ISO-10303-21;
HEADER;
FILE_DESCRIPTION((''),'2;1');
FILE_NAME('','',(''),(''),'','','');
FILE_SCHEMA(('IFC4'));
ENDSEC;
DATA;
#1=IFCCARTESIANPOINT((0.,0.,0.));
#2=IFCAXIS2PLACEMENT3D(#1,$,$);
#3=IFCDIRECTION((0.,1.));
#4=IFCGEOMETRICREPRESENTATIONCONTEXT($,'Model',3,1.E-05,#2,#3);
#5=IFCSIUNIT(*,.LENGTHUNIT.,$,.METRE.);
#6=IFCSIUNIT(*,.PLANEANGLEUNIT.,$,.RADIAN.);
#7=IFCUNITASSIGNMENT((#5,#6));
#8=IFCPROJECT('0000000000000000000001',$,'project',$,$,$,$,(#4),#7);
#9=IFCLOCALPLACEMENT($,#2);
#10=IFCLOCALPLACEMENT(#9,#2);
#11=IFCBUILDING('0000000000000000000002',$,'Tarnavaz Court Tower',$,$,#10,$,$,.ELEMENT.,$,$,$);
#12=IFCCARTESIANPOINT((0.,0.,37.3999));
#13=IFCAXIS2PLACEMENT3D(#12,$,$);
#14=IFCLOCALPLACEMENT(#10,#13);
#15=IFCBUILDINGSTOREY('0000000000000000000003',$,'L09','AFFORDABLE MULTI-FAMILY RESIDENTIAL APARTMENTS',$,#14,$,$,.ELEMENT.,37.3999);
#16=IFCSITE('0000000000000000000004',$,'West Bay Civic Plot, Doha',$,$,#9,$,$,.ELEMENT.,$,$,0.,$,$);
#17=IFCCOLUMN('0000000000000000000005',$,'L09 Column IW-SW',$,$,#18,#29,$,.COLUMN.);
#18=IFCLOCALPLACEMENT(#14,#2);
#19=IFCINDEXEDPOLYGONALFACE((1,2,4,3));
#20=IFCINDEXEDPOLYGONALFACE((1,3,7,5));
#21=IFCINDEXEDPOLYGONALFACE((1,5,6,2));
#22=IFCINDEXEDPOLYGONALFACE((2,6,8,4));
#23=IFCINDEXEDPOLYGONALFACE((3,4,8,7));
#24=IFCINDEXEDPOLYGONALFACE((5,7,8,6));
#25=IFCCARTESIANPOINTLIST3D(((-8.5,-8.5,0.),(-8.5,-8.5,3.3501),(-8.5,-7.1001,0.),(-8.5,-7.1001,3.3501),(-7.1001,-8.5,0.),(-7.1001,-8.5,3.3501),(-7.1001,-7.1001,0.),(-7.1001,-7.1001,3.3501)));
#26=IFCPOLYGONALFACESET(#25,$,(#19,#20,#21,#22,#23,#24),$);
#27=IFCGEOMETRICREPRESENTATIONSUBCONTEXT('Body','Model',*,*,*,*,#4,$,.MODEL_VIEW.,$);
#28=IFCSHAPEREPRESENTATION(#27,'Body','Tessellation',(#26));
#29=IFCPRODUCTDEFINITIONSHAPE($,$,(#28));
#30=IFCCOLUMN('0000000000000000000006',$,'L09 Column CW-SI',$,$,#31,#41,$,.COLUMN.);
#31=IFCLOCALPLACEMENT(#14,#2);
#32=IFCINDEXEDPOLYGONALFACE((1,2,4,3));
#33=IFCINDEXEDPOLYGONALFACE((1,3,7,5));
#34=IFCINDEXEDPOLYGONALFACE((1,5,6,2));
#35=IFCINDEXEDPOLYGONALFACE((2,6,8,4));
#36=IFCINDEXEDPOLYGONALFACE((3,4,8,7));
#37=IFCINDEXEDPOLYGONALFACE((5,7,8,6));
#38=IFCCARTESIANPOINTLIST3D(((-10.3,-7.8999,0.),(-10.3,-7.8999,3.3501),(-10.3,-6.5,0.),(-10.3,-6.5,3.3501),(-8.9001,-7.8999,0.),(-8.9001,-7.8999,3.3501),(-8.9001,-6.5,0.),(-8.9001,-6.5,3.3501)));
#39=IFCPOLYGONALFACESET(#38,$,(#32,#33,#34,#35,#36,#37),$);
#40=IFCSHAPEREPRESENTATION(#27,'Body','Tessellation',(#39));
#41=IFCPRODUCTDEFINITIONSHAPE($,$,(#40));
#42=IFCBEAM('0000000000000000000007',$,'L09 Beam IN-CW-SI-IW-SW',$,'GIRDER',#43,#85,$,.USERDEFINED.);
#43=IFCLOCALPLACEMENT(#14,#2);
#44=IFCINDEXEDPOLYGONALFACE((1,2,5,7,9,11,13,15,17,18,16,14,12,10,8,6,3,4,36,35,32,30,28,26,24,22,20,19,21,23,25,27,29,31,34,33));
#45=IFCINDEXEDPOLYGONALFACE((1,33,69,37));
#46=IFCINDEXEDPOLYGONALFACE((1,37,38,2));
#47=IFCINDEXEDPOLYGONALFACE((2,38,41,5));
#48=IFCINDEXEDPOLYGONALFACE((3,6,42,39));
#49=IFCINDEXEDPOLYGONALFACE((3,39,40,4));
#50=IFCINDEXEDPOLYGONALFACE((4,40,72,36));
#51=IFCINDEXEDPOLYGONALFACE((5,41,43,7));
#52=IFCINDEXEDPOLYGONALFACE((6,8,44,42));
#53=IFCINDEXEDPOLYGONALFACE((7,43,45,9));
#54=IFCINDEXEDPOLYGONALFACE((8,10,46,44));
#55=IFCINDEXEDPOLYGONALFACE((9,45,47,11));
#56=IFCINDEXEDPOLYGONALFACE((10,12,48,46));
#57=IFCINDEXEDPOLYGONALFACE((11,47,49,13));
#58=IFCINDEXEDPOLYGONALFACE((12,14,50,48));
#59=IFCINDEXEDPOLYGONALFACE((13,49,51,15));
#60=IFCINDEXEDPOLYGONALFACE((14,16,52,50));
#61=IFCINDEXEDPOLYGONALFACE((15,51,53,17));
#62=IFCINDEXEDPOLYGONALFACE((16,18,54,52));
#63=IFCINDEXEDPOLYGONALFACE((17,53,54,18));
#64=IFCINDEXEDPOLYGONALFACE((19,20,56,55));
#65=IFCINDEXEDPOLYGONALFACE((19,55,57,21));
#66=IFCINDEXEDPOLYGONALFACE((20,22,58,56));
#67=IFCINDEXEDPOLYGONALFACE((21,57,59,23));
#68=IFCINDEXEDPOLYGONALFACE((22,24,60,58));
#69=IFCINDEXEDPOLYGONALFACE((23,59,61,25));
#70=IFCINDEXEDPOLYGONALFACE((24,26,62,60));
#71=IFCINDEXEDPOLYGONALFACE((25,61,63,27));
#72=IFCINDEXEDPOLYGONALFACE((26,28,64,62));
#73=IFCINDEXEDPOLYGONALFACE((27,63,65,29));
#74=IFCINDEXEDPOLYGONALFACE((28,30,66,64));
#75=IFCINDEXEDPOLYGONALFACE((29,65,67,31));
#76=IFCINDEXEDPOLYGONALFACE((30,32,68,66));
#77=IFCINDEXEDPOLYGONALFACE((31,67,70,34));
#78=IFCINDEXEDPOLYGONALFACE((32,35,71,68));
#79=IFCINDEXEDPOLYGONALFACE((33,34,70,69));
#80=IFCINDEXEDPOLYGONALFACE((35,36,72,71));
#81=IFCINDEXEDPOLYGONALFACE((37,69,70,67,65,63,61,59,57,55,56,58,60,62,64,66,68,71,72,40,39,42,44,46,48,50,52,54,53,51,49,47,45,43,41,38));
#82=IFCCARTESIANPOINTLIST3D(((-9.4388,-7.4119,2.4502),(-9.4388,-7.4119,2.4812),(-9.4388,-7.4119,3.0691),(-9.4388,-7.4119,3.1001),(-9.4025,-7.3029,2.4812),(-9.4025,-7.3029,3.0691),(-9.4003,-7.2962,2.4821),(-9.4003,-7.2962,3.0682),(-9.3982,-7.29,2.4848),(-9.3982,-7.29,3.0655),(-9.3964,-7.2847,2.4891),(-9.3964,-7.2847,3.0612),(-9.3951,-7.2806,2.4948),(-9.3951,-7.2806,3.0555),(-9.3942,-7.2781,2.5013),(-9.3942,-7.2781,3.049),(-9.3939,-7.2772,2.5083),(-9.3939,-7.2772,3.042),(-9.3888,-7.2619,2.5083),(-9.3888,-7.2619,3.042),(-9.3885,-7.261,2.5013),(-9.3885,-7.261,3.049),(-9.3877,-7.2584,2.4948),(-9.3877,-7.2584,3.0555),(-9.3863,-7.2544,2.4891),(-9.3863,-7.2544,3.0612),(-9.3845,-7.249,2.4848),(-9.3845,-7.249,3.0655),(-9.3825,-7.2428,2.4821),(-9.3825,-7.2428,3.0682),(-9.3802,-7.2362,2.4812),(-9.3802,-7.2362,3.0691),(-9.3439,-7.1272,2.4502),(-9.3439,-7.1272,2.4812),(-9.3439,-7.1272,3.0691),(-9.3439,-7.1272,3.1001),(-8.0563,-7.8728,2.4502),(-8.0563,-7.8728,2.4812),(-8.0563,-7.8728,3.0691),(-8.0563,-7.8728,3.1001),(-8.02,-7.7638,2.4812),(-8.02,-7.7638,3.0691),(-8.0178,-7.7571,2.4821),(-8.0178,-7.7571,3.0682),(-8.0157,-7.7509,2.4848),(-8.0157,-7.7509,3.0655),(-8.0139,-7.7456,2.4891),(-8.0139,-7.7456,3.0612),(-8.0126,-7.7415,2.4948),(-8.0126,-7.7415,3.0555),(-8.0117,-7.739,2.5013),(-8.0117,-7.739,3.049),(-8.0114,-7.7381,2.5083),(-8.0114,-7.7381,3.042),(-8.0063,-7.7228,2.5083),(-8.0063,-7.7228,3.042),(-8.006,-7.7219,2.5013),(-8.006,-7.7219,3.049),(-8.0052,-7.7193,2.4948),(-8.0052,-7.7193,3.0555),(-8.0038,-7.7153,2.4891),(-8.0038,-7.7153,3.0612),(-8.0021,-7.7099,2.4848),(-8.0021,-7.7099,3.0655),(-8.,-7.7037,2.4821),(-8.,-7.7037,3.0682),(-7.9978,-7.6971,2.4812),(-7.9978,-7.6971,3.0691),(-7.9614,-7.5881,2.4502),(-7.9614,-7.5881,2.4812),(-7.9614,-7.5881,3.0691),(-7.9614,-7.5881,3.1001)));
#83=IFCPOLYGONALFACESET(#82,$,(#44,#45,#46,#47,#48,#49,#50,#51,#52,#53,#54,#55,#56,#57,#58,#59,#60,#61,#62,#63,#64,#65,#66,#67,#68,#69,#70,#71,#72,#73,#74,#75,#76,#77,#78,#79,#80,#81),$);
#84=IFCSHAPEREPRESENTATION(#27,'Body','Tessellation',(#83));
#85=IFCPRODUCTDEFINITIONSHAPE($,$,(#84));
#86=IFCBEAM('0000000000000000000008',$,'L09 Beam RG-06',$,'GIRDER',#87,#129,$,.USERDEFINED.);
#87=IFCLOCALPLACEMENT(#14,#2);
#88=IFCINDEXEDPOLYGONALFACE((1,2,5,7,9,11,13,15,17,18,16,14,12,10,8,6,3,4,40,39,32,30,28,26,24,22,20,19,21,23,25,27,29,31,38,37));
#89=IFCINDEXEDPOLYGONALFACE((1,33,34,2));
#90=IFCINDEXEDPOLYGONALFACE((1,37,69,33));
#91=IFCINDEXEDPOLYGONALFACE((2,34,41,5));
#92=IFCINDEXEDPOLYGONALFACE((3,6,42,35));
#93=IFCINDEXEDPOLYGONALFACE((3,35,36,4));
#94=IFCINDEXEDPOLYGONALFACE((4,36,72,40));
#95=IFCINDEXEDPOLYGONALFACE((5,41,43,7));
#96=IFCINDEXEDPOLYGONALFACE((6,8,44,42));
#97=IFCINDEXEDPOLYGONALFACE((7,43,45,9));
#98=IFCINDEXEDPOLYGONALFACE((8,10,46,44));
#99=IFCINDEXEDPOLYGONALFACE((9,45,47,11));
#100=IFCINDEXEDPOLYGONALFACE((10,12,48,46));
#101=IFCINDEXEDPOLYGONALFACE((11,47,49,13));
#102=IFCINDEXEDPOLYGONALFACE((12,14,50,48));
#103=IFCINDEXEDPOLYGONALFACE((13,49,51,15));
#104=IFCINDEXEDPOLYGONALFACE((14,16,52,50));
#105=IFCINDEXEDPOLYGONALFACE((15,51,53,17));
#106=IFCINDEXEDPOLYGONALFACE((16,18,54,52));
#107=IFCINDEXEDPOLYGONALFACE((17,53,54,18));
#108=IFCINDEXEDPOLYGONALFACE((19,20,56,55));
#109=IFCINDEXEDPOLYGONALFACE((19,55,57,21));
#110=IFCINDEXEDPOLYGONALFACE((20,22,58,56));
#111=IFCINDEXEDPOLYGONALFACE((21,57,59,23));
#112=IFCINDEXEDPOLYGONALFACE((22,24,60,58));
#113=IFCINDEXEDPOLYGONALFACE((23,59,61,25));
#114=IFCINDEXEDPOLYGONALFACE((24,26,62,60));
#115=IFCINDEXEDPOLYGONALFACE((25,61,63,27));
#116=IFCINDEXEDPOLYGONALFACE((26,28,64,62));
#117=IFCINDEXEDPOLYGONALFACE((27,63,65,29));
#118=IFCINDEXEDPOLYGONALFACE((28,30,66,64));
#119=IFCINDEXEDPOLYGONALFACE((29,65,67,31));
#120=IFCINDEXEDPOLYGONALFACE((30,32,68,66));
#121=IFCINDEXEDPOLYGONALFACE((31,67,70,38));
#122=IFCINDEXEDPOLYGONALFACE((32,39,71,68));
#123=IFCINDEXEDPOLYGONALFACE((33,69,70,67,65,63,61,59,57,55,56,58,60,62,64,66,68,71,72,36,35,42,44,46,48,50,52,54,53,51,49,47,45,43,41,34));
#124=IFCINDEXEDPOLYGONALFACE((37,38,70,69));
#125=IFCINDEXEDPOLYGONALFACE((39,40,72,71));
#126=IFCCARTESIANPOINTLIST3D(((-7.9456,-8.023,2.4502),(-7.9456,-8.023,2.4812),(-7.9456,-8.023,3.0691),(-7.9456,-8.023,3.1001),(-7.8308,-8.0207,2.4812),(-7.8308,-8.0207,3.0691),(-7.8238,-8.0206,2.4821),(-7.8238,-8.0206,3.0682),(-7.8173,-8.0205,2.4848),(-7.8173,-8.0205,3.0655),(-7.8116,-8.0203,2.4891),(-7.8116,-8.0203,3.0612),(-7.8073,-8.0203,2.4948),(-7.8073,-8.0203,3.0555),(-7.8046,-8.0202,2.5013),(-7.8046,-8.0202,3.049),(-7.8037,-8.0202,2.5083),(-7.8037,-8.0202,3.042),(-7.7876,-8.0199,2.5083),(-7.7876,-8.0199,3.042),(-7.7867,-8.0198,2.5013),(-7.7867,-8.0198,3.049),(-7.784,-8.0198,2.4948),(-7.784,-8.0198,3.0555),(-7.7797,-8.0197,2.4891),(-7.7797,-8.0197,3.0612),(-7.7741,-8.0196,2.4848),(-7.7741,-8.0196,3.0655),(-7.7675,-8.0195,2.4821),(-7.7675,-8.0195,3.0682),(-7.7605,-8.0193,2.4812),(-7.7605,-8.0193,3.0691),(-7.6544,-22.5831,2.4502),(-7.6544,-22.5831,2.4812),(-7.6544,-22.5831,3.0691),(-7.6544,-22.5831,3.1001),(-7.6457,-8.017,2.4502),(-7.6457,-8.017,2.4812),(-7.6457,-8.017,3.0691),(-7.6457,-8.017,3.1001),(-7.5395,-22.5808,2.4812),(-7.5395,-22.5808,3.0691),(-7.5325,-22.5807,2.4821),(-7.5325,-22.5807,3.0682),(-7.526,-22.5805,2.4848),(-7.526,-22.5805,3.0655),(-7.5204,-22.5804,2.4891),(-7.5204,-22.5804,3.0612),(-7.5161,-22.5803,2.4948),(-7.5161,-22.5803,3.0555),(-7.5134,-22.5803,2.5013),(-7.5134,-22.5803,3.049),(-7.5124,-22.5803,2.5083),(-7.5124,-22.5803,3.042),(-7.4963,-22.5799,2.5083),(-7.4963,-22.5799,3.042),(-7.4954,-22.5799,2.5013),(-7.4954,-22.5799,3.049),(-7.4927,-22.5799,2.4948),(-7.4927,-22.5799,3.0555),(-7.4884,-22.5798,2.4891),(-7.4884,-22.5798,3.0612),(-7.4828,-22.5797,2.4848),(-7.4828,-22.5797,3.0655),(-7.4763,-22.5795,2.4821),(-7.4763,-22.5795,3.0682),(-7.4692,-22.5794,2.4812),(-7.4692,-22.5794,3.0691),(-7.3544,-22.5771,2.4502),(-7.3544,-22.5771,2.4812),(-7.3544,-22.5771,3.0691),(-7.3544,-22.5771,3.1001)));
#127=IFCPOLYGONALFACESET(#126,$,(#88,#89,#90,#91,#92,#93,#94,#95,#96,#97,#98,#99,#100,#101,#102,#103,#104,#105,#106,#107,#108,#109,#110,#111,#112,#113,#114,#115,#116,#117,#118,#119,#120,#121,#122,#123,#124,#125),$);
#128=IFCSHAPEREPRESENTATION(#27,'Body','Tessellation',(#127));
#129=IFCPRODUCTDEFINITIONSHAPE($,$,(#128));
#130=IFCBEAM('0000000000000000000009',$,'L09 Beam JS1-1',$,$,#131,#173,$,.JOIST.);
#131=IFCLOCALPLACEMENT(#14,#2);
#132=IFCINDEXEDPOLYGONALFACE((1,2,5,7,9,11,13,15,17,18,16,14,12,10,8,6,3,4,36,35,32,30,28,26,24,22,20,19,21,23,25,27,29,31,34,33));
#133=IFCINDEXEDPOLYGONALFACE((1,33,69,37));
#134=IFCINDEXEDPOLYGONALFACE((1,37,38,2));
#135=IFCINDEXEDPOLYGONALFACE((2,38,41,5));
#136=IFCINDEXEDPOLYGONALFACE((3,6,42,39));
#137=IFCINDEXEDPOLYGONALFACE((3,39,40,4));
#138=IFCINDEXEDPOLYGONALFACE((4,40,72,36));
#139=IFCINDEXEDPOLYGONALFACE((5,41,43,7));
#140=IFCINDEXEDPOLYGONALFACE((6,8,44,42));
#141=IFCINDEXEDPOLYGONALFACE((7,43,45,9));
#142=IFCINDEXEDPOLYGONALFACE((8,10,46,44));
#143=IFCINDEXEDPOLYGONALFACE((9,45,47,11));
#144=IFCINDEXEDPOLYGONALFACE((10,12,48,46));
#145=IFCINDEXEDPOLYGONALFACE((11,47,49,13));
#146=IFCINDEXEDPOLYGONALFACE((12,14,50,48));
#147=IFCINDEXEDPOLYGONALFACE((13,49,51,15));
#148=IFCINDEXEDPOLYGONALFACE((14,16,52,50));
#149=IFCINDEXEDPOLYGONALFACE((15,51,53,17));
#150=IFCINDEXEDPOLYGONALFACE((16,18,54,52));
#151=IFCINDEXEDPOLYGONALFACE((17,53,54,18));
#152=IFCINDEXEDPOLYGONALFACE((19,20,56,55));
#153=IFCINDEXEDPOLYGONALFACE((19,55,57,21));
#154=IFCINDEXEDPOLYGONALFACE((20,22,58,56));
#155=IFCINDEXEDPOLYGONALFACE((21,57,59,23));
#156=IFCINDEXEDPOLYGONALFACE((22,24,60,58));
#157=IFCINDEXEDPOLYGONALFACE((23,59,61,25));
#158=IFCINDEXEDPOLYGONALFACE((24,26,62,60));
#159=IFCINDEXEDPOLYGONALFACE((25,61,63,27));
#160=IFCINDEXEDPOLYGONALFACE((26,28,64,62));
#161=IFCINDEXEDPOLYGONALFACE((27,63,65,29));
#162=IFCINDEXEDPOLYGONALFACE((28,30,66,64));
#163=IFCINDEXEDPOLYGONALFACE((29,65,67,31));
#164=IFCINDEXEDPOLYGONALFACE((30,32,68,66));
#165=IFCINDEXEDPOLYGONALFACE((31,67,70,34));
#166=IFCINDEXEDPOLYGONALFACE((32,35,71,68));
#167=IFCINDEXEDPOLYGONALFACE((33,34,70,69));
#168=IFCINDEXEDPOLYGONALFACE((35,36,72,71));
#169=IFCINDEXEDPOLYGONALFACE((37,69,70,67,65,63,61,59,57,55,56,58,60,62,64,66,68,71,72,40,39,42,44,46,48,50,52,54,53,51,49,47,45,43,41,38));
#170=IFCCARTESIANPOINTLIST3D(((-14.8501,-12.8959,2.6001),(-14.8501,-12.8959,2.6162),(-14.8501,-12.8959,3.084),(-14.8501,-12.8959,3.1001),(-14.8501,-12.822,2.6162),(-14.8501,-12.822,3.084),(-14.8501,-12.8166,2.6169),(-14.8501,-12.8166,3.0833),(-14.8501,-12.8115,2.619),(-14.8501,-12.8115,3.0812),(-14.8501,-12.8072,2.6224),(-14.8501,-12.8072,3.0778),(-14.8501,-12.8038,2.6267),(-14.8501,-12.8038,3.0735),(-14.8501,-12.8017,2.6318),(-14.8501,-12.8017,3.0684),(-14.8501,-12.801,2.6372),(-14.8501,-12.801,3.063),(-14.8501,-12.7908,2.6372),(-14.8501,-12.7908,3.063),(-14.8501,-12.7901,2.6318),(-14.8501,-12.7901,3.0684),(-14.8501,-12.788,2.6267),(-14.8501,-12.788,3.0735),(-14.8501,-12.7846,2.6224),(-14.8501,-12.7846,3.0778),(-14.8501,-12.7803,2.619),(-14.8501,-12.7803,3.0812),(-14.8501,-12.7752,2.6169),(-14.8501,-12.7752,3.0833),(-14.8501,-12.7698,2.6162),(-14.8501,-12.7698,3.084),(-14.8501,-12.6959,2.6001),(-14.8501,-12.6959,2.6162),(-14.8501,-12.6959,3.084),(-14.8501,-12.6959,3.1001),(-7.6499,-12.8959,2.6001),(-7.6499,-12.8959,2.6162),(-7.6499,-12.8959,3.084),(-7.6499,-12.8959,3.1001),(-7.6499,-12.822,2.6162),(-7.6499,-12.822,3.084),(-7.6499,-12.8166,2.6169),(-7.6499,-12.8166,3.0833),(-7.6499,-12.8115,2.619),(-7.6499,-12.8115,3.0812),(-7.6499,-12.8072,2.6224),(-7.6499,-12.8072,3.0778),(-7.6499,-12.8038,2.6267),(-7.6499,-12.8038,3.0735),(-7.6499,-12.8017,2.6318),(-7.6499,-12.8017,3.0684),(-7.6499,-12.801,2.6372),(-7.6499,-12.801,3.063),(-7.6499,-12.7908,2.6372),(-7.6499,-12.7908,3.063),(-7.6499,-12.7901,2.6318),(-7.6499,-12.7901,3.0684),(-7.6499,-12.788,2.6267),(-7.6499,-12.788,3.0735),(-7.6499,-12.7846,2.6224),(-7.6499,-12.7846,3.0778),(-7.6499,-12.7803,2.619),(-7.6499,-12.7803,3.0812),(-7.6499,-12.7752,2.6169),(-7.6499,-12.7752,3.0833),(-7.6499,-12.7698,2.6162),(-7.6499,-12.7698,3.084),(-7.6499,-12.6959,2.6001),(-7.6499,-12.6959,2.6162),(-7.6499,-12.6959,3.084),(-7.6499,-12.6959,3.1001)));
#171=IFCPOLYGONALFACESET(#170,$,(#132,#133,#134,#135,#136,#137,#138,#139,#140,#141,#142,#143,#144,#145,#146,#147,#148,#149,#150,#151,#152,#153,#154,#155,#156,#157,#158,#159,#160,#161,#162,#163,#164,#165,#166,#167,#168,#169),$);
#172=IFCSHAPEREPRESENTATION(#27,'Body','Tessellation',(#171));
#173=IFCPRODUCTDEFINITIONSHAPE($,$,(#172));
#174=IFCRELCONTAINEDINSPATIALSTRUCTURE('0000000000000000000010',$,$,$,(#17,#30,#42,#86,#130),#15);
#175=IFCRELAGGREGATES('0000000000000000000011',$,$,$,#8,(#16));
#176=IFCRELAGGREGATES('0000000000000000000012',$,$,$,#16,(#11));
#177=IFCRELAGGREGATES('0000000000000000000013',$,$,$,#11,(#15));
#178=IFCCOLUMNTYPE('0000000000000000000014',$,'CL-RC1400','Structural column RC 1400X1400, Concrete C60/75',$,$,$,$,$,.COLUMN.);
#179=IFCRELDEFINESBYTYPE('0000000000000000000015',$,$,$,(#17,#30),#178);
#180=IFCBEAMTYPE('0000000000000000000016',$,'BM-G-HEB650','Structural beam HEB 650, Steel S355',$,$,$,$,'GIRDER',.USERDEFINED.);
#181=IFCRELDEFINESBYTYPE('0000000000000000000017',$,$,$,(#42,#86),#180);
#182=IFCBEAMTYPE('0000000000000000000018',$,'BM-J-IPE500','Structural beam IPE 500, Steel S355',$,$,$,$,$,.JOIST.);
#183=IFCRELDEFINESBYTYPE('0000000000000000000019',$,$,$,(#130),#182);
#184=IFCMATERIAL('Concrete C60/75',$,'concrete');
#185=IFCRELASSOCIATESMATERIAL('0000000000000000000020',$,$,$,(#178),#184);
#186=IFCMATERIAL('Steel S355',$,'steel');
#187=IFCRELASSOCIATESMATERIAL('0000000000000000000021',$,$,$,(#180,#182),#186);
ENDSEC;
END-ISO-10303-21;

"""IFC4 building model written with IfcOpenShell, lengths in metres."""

from ifc_helpers import new_model, si_unit, direction, frame, origin, origin_2d, place, context, subcontext, project, spatial, rectangle, i_section, extrude, material, material_profile, profile_set, type_object, element, save


model = new_model("IFC4")

# Units and contexts
model_context = context("Model", 3, precision=1e-05, world=origin(), true_north=direction((0.0, 1.0)))
body_context = subcontext(model_context, "Body", "Model", "MODEL_VIEW")
ifc_project = project(units=[si_unit("LENGTHUNIT", "METRE"), si_unit("PLANEANGLEUNIT", "RADIAN")], contexts=[model_context])

# Site, building, storey
site_placement = place(None, origin())
site = spatial("IfcSite", under=ifc_project, at=site_placement, Name="West Bay Civic Plot, Doha", CompositionType="ELEMENT", RefElevation=0.0)
building_placement = place(site_placement, origin())
building = spatial("IfcBuilding", under=site, at=building_placement, Name="Tarnavaz Court Tower", CompositionType="ELEMENT")
storey_placement = place(building_placement, frame((0.0, 0.0, 37.3999)))
storey = spatial("IfcBuildingStorey", under=building, at=storey_placement, Name="L09", Description="AFFORDABLE MULTI-FAMILY RESIDENTIAL APARTMENTS", CompositionType="ELEMENT", Elevation=37.3999)

# Columns
ifc_material_1 = material(Name="Concrete C60/75", Category="concrete")
ifc_material_profile_1 = material_profile(ifc_material_1, rectangle(XDim=1.3999, YDim=1.3999, at=origin_2d()), Name="RC 1400X1400")
ifc_profile_set_1 = profile_set([ifc_material_profile_1], Name="Concrete C60/75")
column_type = type_object("IfcColumnType", Name="CL-RC1400", Description="Structural column RC 1400X1400, Concrete C60/75", PredefinedType="COLUMN", material=ifc_profile_set_1)
for number, where, z_axis, x_axis, name in (
    (1, (-7.8, -7.8, 0.0), (0.0, 0.0, 1.0), (1.0, 0.0, 0.0), "L09 Column IW-SW"),
    (2, (-9.6001, -7.2, 0.0), (0.0, 0.0, 1.0), (1.0, 0.0, 0.0), "L09 Column CW-SI"),
):
    element("IfcColumn", number, at=place(storey_placement, frame(where, z_axis=z_axis, x_axis=x_axis)), inside=storey, type_object=column_type, Name=name, PredefinedType="COLUMN", context=body_context, shape_type="SweptSolid", body=[
        extrude(rectangle(XDim=1.3999, YDim=1.3999, at=origin_2d()), origin(), (0.0, 0.0, 1.0), 3.3501),
    ])

# Beams
ifc_material_2 = material(Name="Steel S355", Category="steel")
ifc_material_profile_2 = material_profile(ifc_material_2, i_section(OverallWidth=0.3, OverallDepth=0.6499, WebThickness=0.0161, FlangeThickness=0.031, FilletRadius=0.0271, at=origin_2d()), Name="HEB 650")
ifc_profile_set_2 = profile_set([ifc_material_profile_2], Name="Steel S355")
beam_type_1 = type_object("IfcBeamType", Name="BM-G-HEB650", Description="Structural beam HEB 650, Steel S355", ElementType="GIRDER", PredefinedType="USERDEFINED", material=ifc_profile_set_2)
beam_1_placement = place(storey_placement, frame((-9.3914, -7.2695, 2.7751), z_axis=(0.948667, -0.316278, 0.0), x_axis=(0.316278, 0.948667, 0.0)))
element("IfcBeam", 3, at=beam_1_placement, inside=storey, type_object=beam_type_1, Name="L09 Beam IN-CW-SI-IW-SW", ObjectType="GIRDER", PredefinedType="USERDEFINED", context=body_context, shape_type="SweptSolid", body=[
    extrude(i_section(OverallWidth=0.3, OverallDepth=0.6499, WebThickness=0.0161, FlangeThickness=0.031, FilletRadius=0.0271, at=origin_2d()), origin(), (0.0, 0.0, 1.0), 1.4573),
])
beam_2_placement = place(storey_placement, frame((-7.7957, -8.02, 2.7751), z_axis=(0.02, -0.9998, 0.0), x_axis=(0.9998, 0.02, 0.0)))
element("IfcBeam", 4, at=beam_2_placement, inside=storey, type_object=beam_type_1, Name="L09 Beam RG-06", ObjectType="GIRDER", PredefinedType="USERDEFINED", context=body_context, shape_type="SweptSolid", body=[
    extrude(i_section(OverallWidth=0.3, OverallDepth=0.6499, WebThickness=0.0161, FlangeThickness=0.031, FilletRadius=0.0271, at=origin_2d()), origin(), (0.0, 0.0, 1.0), 14.563),
])
ifc_material_profile_3 = material_profile(ifc_material_2, i_section(OverallWidth=0.2, OverallDepth=0.5, WebThickness=0.0103, FlangeThickness=0.0161, FilletRadius=0.021, at=origin_2d()), Name="IPE 500")
ifc_profile_set_3 = profile_set([ifc_material_profile_3], Name="Steel S355")
beam_type_2 = type_object("IfcBeamType", Name="BM-J-IPE500", Description="Structural beam IPE 500, Steel S355", PredefinedType="JOIST", material=ifc_profile_set_3)
beam_3_placement = place(storey_placement, frame((-14.8501, -12.7959, 2.8501), z_axis=(1.0, 0.0, 0.0), x_axis=(0.0, 1.0, 0.0)))
element("IfcBeam", 5, at=beam_3_placement, inside=storey, type_object=beam_type_2, Name="L09 Beam JS1-1", PredefinedType="JOIST", context=body_context, shape_type="SweptSolid", body=[
    extrude(i_section(OverallWidth=0.2, OverallDepth=0.5, WebThickness=0.0103, FlangeThickness=0.0161, FilletRadius=0.021, at=origin_2d()), origin(), (0.0, 0.0, 1.0), 7.2002),
])

save(model, "model.ifc")
